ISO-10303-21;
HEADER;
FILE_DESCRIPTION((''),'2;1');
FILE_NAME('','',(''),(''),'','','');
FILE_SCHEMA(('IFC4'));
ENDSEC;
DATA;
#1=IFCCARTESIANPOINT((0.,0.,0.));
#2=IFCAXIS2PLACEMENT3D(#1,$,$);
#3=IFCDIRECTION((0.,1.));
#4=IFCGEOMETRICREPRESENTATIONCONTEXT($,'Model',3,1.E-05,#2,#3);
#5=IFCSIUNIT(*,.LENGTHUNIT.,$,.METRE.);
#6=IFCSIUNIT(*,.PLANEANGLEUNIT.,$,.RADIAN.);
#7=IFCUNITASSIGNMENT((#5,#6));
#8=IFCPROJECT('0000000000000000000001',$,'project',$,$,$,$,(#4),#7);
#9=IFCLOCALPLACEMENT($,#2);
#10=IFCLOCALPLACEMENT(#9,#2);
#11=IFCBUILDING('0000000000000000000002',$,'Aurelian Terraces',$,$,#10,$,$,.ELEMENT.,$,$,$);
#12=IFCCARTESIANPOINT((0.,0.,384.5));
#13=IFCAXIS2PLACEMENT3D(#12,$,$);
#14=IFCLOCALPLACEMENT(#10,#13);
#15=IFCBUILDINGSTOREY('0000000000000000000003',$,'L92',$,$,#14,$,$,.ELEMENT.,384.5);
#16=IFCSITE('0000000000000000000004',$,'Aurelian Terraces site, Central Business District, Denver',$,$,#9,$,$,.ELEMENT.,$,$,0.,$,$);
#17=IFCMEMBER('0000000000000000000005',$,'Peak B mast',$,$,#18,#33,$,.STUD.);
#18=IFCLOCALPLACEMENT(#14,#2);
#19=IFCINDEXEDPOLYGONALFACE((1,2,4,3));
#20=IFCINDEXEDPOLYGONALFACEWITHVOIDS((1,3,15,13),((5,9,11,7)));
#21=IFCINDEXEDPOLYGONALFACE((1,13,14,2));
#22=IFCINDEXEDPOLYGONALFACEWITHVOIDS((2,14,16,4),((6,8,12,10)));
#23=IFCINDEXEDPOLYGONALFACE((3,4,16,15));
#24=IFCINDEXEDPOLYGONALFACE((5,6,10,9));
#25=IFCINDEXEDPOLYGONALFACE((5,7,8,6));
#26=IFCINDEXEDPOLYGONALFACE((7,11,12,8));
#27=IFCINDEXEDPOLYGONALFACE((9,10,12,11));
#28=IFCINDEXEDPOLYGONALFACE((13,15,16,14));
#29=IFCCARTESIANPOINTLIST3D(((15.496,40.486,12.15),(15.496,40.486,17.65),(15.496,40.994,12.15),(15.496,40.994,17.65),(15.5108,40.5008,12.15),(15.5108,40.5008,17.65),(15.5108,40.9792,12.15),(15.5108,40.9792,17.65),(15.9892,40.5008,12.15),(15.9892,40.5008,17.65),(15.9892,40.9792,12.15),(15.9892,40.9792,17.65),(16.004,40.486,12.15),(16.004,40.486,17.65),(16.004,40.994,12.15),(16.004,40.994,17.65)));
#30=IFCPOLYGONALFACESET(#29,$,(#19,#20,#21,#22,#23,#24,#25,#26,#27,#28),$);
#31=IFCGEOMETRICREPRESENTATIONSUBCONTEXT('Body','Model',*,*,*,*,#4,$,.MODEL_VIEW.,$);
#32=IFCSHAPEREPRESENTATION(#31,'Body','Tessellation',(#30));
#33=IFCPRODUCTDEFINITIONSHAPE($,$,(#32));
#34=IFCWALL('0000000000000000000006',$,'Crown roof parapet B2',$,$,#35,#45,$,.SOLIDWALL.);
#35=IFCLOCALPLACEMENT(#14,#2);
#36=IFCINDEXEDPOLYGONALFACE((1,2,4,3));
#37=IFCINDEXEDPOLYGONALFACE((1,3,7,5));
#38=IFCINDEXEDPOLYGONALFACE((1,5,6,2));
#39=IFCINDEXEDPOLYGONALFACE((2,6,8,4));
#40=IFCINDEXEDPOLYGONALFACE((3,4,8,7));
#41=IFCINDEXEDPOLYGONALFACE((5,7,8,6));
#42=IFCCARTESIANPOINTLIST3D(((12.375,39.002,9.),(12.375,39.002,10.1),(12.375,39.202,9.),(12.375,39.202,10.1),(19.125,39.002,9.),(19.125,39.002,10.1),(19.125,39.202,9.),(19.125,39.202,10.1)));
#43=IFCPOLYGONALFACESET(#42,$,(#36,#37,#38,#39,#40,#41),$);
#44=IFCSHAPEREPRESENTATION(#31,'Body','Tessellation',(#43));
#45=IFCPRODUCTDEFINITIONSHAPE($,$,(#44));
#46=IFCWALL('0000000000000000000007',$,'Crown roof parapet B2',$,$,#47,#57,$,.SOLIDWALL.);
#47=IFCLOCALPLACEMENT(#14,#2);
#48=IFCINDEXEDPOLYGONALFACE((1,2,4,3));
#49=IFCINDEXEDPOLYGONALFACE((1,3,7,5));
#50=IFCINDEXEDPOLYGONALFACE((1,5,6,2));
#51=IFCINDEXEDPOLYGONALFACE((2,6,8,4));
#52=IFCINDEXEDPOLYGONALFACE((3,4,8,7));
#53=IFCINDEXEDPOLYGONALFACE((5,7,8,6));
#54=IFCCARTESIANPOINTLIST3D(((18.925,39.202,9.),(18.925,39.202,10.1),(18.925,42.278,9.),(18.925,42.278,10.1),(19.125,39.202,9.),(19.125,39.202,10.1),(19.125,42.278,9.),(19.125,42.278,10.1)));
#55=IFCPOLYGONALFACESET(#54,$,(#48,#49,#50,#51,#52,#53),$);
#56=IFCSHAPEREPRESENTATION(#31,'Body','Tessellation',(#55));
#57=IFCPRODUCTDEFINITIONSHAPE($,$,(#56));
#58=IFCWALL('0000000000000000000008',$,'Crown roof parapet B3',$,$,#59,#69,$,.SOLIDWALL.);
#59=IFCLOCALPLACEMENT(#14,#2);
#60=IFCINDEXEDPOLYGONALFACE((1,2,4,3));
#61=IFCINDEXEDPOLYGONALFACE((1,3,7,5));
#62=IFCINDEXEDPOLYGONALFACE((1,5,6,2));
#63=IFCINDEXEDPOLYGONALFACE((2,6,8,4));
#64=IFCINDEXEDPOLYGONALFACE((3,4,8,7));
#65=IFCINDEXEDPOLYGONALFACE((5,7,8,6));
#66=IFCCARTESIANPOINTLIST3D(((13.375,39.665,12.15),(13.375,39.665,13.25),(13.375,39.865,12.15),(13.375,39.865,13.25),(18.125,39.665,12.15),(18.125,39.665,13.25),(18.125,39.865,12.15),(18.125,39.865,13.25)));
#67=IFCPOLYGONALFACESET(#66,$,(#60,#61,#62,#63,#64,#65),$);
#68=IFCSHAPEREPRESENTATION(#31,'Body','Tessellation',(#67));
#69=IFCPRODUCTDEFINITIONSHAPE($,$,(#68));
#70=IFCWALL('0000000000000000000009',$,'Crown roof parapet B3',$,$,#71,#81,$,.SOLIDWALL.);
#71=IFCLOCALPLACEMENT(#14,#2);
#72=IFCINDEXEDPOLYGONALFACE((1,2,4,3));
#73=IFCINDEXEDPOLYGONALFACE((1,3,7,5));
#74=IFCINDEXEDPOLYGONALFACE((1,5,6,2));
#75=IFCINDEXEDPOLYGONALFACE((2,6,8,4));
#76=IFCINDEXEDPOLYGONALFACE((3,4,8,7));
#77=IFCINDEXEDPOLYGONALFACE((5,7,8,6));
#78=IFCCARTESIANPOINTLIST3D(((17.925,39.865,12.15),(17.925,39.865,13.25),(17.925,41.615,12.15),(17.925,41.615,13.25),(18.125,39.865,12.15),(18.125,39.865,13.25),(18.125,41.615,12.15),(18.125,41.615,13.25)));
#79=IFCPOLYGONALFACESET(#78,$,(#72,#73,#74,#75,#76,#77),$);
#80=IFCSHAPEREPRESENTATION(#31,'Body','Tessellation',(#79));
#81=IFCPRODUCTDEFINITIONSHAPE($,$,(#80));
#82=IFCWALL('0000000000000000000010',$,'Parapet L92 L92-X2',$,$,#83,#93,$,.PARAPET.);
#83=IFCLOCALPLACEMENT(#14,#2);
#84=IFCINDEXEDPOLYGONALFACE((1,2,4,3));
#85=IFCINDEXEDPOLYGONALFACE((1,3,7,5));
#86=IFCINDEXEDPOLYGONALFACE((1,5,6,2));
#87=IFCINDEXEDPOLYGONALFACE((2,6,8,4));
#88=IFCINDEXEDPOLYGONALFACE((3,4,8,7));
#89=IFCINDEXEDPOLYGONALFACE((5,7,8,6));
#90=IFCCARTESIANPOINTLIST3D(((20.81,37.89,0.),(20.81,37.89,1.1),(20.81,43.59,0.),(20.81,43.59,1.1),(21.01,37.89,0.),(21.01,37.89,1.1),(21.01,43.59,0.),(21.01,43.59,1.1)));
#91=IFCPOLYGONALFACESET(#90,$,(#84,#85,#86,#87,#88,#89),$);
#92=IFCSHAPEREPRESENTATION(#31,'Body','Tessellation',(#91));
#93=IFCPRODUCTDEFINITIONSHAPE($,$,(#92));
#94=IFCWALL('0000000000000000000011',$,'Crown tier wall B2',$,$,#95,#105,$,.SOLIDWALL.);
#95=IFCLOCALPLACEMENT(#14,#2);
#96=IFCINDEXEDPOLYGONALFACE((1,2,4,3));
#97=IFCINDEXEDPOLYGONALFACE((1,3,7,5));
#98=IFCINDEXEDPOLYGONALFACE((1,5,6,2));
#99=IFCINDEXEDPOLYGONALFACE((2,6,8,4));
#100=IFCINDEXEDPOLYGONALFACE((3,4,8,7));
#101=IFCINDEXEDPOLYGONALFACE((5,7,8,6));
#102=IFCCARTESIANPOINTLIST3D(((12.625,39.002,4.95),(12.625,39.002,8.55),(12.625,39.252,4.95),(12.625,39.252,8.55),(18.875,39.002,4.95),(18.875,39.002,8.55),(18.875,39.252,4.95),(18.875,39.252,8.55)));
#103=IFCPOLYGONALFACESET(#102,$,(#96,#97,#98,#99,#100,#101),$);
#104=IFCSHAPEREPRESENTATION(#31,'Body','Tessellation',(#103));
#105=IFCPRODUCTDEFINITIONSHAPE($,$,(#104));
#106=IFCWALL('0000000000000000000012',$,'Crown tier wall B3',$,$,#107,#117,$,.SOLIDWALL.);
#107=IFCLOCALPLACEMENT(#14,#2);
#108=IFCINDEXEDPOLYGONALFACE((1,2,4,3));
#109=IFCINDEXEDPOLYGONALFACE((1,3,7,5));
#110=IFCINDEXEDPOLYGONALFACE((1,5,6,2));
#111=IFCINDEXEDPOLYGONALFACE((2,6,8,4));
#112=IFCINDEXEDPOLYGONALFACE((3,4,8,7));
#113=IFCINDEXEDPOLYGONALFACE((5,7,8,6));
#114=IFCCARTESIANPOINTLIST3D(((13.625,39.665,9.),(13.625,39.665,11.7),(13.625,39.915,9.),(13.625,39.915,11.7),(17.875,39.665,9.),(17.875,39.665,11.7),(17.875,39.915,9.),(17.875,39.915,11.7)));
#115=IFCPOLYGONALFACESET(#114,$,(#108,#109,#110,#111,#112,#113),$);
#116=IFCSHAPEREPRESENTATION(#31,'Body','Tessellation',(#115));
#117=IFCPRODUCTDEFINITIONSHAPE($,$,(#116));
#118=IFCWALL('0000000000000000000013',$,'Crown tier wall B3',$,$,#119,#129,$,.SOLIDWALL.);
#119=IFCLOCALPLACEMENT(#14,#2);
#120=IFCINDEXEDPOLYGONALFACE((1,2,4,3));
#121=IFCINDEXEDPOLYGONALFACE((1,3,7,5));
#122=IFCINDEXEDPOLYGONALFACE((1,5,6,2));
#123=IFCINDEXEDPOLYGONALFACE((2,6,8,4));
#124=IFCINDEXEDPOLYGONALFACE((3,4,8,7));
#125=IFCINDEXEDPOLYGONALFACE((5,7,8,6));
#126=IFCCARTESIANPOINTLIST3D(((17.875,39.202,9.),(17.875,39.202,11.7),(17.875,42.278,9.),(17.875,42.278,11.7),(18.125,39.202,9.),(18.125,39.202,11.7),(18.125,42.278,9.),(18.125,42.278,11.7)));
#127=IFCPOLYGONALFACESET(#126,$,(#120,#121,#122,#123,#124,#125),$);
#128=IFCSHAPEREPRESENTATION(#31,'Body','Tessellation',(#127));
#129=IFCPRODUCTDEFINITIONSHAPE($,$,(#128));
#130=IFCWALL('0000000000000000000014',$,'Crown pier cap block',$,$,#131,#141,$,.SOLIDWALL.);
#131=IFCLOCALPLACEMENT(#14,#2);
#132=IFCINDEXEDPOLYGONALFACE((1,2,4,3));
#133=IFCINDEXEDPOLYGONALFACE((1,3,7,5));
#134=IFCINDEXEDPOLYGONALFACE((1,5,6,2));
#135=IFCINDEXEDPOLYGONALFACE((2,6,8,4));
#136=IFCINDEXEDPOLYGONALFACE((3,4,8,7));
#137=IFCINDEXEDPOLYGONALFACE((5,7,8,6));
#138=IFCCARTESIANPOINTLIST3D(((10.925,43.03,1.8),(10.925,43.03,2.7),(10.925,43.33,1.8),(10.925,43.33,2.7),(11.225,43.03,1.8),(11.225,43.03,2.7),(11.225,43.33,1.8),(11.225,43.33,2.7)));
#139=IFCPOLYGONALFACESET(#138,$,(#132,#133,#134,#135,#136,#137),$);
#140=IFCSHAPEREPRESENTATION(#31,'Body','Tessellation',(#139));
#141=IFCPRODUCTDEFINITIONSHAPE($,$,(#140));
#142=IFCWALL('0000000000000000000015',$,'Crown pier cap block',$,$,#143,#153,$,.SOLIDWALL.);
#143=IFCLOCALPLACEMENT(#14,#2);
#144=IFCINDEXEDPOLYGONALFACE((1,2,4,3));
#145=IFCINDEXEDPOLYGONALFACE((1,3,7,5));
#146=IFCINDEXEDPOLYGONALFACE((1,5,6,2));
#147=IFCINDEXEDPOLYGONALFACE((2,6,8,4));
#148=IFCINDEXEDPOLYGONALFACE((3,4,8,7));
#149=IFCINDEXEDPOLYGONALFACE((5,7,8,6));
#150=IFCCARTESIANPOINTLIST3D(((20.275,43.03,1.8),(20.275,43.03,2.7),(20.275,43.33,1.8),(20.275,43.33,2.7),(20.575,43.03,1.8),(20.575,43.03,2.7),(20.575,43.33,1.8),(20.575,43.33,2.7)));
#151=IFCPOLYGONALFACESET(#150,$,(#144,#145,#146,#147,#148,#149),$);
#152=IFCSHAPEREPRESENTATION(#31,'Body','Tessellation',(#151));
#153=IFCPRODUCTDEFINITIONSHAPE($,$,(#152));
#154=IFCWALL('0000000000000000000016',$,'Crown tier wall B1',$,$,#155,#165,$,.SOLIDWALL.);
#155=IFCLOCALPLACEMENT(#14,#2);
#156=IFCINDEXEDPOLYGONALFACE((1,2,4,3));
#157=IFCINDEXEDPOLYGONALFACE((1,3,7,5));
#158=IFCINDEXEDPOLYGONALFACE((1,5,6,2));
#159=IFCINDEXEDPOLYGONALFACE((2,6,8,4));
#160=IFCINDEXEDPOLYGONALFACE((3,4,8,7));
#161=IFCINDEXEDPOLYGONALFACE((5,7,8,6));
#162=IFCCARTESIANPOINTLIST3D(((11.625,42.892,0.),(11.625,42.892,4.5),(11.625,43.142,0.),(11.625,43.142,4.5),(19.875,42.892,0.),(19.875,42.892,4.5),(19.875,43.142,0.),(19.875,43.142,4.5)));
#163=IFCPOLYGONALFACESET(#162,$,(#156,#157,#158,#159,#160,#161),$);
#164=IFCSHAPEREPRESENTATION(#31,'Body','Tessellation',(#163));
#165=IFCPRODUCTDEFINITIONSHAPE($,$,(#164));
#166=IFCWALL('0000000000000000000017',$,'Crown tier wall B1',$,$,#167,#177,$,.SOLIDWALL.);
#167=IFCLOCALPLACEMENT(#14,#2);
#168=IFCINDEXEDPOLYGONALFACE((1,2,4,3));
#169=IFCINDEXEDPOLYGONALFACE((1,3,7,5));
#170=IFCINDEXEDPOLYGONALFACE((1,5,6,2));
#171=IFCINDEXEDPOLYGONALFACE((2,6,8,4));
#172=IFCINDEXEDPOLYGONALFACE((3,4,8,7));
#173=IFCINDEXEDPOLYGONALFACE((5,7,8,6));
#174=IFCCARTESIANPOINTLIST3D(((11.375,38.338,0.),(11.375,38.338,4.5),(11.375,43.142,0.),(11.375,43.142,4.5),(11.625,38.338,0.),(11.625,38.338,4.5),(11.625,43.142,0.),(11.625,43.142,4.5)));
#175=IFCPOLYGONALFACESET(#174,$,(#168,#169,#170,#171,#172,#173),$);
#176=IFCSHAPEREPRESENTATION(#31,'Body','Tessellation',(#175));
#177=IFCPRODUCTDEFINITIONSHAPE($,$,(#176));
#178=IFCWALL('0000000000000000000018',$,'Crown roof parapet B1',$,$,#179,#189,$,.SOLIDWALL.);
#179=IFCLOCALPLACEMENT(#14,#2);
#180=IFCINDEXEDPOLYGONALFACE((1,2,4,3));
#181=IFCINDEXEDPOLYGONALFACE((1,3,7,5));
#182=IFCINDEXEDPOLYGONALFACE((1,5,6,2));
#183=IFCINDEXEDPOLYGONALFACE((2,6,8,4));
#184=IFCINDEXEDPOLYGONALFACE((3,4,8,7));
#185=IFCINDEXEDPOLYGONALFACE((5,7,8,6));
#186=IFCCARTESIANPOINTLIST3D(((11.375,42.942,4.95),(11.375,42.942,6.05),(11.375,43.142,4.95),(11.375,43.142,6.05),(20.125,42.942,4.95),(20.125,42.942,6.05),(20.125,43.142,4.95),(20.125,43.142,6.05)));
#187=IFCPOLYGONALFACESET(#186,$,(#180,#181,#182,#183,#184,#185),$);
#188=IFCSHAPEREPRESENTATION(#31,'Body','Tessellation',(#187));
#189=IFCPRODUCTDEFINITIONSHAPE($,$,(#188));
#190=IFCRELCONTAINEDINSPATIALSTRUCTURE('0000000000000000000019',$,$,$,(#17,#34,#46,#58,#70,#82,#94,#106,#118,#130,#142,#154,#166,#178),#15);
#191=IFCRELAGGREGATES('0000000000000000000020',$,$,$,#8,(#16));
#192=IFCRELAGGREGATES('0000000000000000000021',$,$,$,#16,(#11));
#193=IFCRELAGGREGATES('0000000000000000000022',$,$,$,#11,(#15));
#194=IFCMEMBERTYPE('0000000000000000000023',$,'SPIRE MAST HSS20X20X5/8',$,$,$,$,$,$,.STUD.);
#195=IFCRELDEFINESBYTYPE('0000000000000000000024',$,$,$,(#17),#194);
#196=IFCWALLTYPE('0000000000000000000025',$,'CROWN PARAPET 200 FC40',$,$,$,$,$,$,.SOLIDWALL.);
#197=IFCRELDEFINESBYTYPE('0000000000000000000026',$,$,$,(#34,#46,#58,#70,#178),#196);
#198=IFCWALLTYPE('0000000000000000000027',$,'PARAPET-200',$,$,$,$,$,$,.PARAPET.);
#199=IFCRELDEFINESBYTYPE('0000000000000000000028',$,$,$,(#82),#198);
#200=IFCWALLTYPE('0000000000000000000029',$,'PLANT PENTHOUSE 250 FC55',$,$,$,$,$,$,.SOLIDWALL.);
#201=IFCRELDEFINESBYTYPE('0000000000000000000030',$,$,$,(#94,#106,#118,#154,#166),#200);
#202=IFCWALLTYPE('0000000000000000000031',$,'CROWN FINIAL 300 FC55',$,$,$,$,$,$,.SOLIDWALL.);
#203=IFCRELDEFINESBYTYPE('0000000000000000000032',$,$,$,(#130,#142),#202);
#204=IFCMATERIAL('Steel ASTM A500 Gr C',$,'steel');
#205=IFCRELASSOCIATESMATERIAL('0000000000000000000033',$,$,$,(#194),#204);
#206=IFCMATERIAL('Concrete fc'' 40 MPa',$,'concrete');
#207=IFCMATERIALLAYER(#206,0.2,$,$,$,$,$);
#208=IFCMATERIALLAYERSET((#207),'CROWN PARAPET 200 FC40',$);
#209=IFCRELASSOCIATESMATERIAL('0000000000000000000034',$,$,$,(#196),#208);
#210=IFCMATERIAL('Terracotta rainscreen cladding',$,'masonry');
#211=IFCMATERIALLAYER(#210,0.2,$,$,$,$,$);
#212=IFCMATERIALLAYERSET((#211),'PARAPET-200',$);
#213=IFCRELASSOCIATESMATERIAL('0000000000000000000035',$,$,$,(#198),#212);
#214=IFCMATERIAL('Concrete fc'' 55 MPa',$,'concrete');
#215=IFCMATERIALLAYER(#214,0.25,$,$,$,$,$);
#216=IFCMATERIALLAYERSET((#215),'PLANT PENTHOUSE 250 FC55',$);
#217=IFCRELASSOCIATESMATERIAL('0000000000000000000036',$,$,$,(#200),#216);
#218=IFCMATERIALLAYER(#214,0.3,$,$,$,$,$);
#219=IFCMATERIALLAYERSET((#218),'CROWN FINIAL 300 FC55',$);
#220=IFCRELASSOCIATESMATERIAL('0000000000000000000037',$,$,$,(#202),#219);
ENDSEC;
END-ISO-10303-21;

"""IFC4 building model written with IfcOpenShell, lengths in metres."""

from ifc_helpers import new_model, si_unit, direction, frame, frame_2d, origin, origin_2d, place, context, subcontext, project, spatial, rectangle, hollow_rectangle, extrude, source, transform, mapped, material, layer, layer_set, material_profile, profile_set, type_object, element, save


model = new_model("IFC4")

# Units and contexts
model_context = context("Model", 3, precision=1e-05, world=origin(), true_north=direction((0.0, 1.0)))
body_context = subcontext(model_context, "Body", "Model", "MODEL_VIEW")
ifc_project = project(units=[si_unit("LENGTHUNIT", "METRE"), si_unit("PLANEANGLEUNIT", "RADIAN")], contexts=[model_context])

# Site, building, storey
site_placement = place(None, origin())
site = spatial("IfcSite", under=ifc_project, at=site_placement, Name="Aurelian Terraces site, Central Business District, Denver", CompositionType="ELEMENT", RefElevation=0.0)
building_placement = place(site_placement, origin())
building = spatial("IfcBuilding", under=site, at=building_placement, Name="Aurelian Terraces", CompositionType="ELEMENT")
storey_placement = place(building_placement, frame((0.0, 0.0, 384.5)))
storey = spatial("IfcBuildingStorey", under=building, at=storey_placement, Name="L92", CompositionType="ELEMENT", Elevation=384.5)

# Member
ifc_material_1 = material(Name="Steel ASTM A500 Gr C", Category="steel")
ifc_material_profile = material_profile(ifc_material_1, hollow_rectangle(XDim=0.508, YDim=0.508, WallThickness=0.0148, at=origin_2d()))
ifc_profile_set = profile_set([ifc_material_profile], Name="Steel ASTM A500 Gr C")
member_type = type_object("IfcMemberType", Name="SPIRE MAST HSS20X20X5/8", PredefinedType="STUD", material=ifc_profile_set)
member_placement = place(storey_placement, frame((15.75, 40.74, 12.15), z_axis=(0.0, 0.0, 1.0), x_axis=(1.0, 0.0, 0.0)))
element("IfcMember", 1, at=member_placement, inside=storey, type_object=member_type, Name="Peak B mast", PredefinedType="STUD", context=body_context, shape_type="SweptSolid", body=[
    extrude(hollow_rectangle(XDim=0.508, YDim=0.508, WallThickness=0.0148, at=origin_2d()), origin(), (0.0, 0.0, 1.0), 5.5),
])

# Walls
ifc_material_2 = material(Name="Concrete fc' 40 MPa", Category="concrete")
ifc_layer_1 = layer(ifc_material_2, 0.2)
ifc_layer_set_1 = layer_set([ifc_layer_1], Name="CROWN PARAPET 200 FC40")
wall_type_1 = type_object("IfcWallType", Name="CROWN PARAPET 200 FC40", PredefinedType="SOLIDWALL", material=ifc_layer_set_1)
wall_1_placement = place(storey_placement, frame((12.375, 39.102, 9.0), z_axis=(0.0, 0.0, 1.0), x_axis=(1.0, 0.0, 0.0)))
element("IfcWall", 2, at=wall_1_placement, inside=storey, type_object=wall_type_1, Name="Crown roof parapet B2", PredefinedType="SOLIDWALL", context=body_context, shape_type="SweptSolid", body=[
    extrude(rectangle(XDim=6.75, YDim=0.2, at=frame_2d((3.375, 0.0))), origin(), (0.0, 0.0, 1.0), 1.1),
])
wall_2_placement = place(storey_placement, frame((19.025, 39.202, 9.0), z_axis=(0.0, 0.0, 1.0), x_axis=(0.0, 1.0, 0.0)))
element("IfcWall", 3, at=wall_2_placement, inside=storey, type_object=wall_type_1, Name="Crown roof parapet B2", PredefinedType="SOLIDWALL", context=body_context, shape_type="SweptSolid", body=[
    extrude(rectangle(XDim=3.076, YDim=0.2, at=frame_2d((1.538, 0.0))), origin(), (0.0, 0.0, 1.0), 1.1),
])
wall_3_placement = place(storey_placement, frame((13.375, 39.765, 12.15), z_axis=(0.0, 0.0, 1.0), x_axis=(1.0, 0.0, 0.0)))
element("IfcWall", 4, at=wall_3_placement, inside=storey, type_object=wall_type_1, Name="Crown roof parapet B3", PredefinedType="SOLIDWALL", context=body_context, shape_type="SweptSolid", body=[
    extrude(rectangle(XDim=4.75, YDim=0.2, at=frame_2d((2.375, 0.0))), origin(), (0.0, 0.0, 1.0), 1.1),
])
wall_4_placement = place(storey_placement, frame((18.025, 39.865, 12.15), z_axis=(0.0, 0.0, 1.0), x_axis=(0.0, 1.0, 0.0)))
element("IfcWall", 5, at=wall_4_placement, inside=storey, type_object=wall_type_1, Name="Crown roof parapet B3", PredefinedType="SOLIDWALL", context=body_context, shape_type="SweptSolid", body=[
    extrude(rectangle(XDim=1.75, YDim=0.2, at=frame_2d((0.875, 0.0))), origin(), (0.0, 0.0, 1.0), 1.1),
])
ifc_material_3 = material(Name="Terracotta rainscreen cladding", Category="masonry")
ifc_layer_2 = layer(ifc_material_3, 0.2)
ifc_layer_set_2 = layer_set([ifc_layer_2], Name="PARAPET-200")
wall_type_2 = type_object("IfcWallType", Name="PARAPET-200", PredefinedType="PARAPET", material=ifc_layer_set_2)
wall_5_placement = place(storey_placement, frame((20.91, 43.59, 0.0), z_axis=(0.0, 0.0, 1.0), x_axis=(0.0, -1.0, 0.0)))
element("IfcWall", 6, at=wall_5_placement, inside=storey, type_object=wall_type_2, Name="Parapet L92 L92-X2", PredefinedType="PARAPET", context=body_context, shape_type="SweptSolid", body=[
    extrude(rectangle(XDim=5.7, YDim=0.2, at=frame_2d((2.85, 0.0))), origin(), (0.0, 0.0, 1.0), 1.1),
])
ifc_material_4 = material(Name="Concrete fc' 55 MPa", Category="concrete")
ifc_layer_3 = layer(ifc_material_4, 0.25)
ifc_layer_set_3 = layer_set([ifc_layer_3], Name="PLANT PENTHOUSE 250 FC55")
wall_type_3 = type_object("IfcWallType", Name="PLANT PENTHOUSE 250 FC55", PredefinedType="SOLIDWALL", material=ifc_layer_set_3)
wall_6_placement = place(storey_placement, frame((12.625, 39.127, 4.95), z_axis=(0.0, 0.0, 1.0), x_axis=(1.0, 0.0, 0.0)))
element("IfcWall", 7, at=wall_6_placement, inside=storey, type_object=wall_type_3, Name="Crown tier wall B2", PredefinedType="SOLIDWALL", context=body_context, shape_type="SweptSolid", body=[
    extrude(rectangle(XDim=6.25, YDim=0.25, at=frame_2d((3.125, 0.0))), origin(), (0.0, 0.0, 1.0), 3.6),
])
wall_7_placement = place(storey_placement, frame((13.625, 39.79, 9.0), z_axis=(0.0, 0.0, 1.0), x_axis=(1.0, 0.0, 0.0)))
element("IfcWall", 8, at=wall_7_placement, inside=storey, type_object=wall_type_3, Name="Crown tier wall B3", PredefinedType="SOLIDWALL", context=body_context, shape_type="SweptSolid", body=[
    extrude(rectangle(XDim=4.25, YDim=0.25, at=frame_2d((2.125, 0.0))), origin(), (0.0, 0.0, 1.0), 2.7),
])
wall_8_placement = place(storey_placement, frame((18.0, 39.202, 9.0), z_axis=(0.0, 0.0, 1.0), x_axis=(0.0, 1.0, 0.0)))
element("IfcWall", 9, at=wall_8_placement, inside=storey, type_object=wall_type_3, Name="Crown tier wall B3", PredefinedType="SOLIDWALL", context=body_context, shape_type="SweptSolid", body=[
    extrude(rectangle(XDim=3.076, YDim=0.25, at=frame_2d((1.538, 0.0))), origin(), (0.0, 0.0, 1.0), 2.7),
])
ifc_layer_4 = layer(ifc_material_4, 0.3)
ifc_layer_set_4 = layer_set([ifc_layer_4], Name="CROWN FINIAL 300 FC55")
wall_type_4 = type_object("IfcWallType", Name="CROWN FINIAL 300 FC55", PredefinedType="SOLIDWALL", material=ifc_layer_set_4)
shared_shape_1 = source(origin(), body_context, "Body", "SweptSolid", [
    extrude(rectangle(XDim=0.3, YDim=0.3, at=origin_2d()), origin(), (0.0, 0.0, 1.0), 0.9),
])
for number, where, z_axis, x_axis, name in (
    (10, (11.075, 43.18, 1.8), (0.0, 0.0, 1.0), (1.0, 0.0, 0.0), "Crown pier cap block"),
    (11, (20.425, 43.18, 1.8), (0.0, 0.0, 1.0), (1.0, 0.0, 0.0), "Crown pier cap block"),
):
    element("IfcWall", number, at=place(storey_placement, frame(where, z_axis=z_axis, x_axis=x_axis)), inside=storey, type_object=wall_type_4, Name=name, PredefinedType="SOLIDWALL", context=body_context, shape_type="MappedRepresentation", body=[
        mapped(shared_shape_1, transform((0.0, 0.0, 0.0), scale=1.0)),
    ])
shared_shape_2 = source(origin(), body_context, "Body", "SweptSolid", [
    extrude(rectangle(XDim=8.25, YDim=0.25, at=frame_2d((4.125, 0.0))), origin(), (0.0, 0.0, 1.0), 4.5),
])
wall_9_placement = place(storey_placement, frame((19.875, 43.017, 0.0), z_axis=(0.0, 0.0, 1.0), x_axis=(-1.0, 0.0, 0.0)))
element("IfcWall", 12, at=wall_9_placement, inside=storey, type_object=wall_type_3, Name="Crown tier wall B1", PredefinedType="SOLIDWALL", context=body_context, shape_type="MappedRepresentation", body=[
    mapped(shared_shape_2, transform((0.0, 0.0, 0.0), scale=1.0)),
])
shared_shape_3 = source(origin(), body_context, "Body", "SweptSolid", [
    extrude(rectangle(XDim=4.804, YDim=0.25, at=frame_2d((2.402, 0.0))), origin(), (0.0, 0.0, 1.0), 4.5),
])
wall_10_placement = place(storey_placement, frame((11.5, 43.142, 0.0), z_axis=(0.0, 0.0, 1.0), x_axis=(0.0, -1.0, 0.0)))
element("IfcWall", 13, at=wall_10_placement, inside=storey, type_object=wall_type_3, Name="Crown tier wall B1", PredefinedType="SOLIDWALL", context=body_context, shape_type="MappedRepresentation", body=[
    mapped(shared_shape_3, transform((0.0, 0.0, 0.0), scale=1.0)),
])
shared_shape_4 = source(origin(), body_context, "Body", "SweptSolid", [
    extrude(rectangle(XDim=8.75, YDim=0.2, at=frame_2d((4.375, 0.0))), origin(), (0.0, 0.0, 1.0), 1.1),
])
wall_11_placement = place(storey_placement, frame((11.375, 43.042, 4.95), z_axis=(0.0, 0.0, 1.0), x_axis=(1.0, 0.0, 0.0)))
element("IfcWall", 14, at=wall_11_placement, inside=storey, type_object=wall_type_1, Name="Crown roof parapet B1", PredefinedType="SOLIDWALL", context=body_context, shape_type="MappedRepresentation", body=[
    mapped(shared_shape_4, transform((0.0, 0.0, 0.0), scale=1.0)),
])

save(model, "model.ifc")
